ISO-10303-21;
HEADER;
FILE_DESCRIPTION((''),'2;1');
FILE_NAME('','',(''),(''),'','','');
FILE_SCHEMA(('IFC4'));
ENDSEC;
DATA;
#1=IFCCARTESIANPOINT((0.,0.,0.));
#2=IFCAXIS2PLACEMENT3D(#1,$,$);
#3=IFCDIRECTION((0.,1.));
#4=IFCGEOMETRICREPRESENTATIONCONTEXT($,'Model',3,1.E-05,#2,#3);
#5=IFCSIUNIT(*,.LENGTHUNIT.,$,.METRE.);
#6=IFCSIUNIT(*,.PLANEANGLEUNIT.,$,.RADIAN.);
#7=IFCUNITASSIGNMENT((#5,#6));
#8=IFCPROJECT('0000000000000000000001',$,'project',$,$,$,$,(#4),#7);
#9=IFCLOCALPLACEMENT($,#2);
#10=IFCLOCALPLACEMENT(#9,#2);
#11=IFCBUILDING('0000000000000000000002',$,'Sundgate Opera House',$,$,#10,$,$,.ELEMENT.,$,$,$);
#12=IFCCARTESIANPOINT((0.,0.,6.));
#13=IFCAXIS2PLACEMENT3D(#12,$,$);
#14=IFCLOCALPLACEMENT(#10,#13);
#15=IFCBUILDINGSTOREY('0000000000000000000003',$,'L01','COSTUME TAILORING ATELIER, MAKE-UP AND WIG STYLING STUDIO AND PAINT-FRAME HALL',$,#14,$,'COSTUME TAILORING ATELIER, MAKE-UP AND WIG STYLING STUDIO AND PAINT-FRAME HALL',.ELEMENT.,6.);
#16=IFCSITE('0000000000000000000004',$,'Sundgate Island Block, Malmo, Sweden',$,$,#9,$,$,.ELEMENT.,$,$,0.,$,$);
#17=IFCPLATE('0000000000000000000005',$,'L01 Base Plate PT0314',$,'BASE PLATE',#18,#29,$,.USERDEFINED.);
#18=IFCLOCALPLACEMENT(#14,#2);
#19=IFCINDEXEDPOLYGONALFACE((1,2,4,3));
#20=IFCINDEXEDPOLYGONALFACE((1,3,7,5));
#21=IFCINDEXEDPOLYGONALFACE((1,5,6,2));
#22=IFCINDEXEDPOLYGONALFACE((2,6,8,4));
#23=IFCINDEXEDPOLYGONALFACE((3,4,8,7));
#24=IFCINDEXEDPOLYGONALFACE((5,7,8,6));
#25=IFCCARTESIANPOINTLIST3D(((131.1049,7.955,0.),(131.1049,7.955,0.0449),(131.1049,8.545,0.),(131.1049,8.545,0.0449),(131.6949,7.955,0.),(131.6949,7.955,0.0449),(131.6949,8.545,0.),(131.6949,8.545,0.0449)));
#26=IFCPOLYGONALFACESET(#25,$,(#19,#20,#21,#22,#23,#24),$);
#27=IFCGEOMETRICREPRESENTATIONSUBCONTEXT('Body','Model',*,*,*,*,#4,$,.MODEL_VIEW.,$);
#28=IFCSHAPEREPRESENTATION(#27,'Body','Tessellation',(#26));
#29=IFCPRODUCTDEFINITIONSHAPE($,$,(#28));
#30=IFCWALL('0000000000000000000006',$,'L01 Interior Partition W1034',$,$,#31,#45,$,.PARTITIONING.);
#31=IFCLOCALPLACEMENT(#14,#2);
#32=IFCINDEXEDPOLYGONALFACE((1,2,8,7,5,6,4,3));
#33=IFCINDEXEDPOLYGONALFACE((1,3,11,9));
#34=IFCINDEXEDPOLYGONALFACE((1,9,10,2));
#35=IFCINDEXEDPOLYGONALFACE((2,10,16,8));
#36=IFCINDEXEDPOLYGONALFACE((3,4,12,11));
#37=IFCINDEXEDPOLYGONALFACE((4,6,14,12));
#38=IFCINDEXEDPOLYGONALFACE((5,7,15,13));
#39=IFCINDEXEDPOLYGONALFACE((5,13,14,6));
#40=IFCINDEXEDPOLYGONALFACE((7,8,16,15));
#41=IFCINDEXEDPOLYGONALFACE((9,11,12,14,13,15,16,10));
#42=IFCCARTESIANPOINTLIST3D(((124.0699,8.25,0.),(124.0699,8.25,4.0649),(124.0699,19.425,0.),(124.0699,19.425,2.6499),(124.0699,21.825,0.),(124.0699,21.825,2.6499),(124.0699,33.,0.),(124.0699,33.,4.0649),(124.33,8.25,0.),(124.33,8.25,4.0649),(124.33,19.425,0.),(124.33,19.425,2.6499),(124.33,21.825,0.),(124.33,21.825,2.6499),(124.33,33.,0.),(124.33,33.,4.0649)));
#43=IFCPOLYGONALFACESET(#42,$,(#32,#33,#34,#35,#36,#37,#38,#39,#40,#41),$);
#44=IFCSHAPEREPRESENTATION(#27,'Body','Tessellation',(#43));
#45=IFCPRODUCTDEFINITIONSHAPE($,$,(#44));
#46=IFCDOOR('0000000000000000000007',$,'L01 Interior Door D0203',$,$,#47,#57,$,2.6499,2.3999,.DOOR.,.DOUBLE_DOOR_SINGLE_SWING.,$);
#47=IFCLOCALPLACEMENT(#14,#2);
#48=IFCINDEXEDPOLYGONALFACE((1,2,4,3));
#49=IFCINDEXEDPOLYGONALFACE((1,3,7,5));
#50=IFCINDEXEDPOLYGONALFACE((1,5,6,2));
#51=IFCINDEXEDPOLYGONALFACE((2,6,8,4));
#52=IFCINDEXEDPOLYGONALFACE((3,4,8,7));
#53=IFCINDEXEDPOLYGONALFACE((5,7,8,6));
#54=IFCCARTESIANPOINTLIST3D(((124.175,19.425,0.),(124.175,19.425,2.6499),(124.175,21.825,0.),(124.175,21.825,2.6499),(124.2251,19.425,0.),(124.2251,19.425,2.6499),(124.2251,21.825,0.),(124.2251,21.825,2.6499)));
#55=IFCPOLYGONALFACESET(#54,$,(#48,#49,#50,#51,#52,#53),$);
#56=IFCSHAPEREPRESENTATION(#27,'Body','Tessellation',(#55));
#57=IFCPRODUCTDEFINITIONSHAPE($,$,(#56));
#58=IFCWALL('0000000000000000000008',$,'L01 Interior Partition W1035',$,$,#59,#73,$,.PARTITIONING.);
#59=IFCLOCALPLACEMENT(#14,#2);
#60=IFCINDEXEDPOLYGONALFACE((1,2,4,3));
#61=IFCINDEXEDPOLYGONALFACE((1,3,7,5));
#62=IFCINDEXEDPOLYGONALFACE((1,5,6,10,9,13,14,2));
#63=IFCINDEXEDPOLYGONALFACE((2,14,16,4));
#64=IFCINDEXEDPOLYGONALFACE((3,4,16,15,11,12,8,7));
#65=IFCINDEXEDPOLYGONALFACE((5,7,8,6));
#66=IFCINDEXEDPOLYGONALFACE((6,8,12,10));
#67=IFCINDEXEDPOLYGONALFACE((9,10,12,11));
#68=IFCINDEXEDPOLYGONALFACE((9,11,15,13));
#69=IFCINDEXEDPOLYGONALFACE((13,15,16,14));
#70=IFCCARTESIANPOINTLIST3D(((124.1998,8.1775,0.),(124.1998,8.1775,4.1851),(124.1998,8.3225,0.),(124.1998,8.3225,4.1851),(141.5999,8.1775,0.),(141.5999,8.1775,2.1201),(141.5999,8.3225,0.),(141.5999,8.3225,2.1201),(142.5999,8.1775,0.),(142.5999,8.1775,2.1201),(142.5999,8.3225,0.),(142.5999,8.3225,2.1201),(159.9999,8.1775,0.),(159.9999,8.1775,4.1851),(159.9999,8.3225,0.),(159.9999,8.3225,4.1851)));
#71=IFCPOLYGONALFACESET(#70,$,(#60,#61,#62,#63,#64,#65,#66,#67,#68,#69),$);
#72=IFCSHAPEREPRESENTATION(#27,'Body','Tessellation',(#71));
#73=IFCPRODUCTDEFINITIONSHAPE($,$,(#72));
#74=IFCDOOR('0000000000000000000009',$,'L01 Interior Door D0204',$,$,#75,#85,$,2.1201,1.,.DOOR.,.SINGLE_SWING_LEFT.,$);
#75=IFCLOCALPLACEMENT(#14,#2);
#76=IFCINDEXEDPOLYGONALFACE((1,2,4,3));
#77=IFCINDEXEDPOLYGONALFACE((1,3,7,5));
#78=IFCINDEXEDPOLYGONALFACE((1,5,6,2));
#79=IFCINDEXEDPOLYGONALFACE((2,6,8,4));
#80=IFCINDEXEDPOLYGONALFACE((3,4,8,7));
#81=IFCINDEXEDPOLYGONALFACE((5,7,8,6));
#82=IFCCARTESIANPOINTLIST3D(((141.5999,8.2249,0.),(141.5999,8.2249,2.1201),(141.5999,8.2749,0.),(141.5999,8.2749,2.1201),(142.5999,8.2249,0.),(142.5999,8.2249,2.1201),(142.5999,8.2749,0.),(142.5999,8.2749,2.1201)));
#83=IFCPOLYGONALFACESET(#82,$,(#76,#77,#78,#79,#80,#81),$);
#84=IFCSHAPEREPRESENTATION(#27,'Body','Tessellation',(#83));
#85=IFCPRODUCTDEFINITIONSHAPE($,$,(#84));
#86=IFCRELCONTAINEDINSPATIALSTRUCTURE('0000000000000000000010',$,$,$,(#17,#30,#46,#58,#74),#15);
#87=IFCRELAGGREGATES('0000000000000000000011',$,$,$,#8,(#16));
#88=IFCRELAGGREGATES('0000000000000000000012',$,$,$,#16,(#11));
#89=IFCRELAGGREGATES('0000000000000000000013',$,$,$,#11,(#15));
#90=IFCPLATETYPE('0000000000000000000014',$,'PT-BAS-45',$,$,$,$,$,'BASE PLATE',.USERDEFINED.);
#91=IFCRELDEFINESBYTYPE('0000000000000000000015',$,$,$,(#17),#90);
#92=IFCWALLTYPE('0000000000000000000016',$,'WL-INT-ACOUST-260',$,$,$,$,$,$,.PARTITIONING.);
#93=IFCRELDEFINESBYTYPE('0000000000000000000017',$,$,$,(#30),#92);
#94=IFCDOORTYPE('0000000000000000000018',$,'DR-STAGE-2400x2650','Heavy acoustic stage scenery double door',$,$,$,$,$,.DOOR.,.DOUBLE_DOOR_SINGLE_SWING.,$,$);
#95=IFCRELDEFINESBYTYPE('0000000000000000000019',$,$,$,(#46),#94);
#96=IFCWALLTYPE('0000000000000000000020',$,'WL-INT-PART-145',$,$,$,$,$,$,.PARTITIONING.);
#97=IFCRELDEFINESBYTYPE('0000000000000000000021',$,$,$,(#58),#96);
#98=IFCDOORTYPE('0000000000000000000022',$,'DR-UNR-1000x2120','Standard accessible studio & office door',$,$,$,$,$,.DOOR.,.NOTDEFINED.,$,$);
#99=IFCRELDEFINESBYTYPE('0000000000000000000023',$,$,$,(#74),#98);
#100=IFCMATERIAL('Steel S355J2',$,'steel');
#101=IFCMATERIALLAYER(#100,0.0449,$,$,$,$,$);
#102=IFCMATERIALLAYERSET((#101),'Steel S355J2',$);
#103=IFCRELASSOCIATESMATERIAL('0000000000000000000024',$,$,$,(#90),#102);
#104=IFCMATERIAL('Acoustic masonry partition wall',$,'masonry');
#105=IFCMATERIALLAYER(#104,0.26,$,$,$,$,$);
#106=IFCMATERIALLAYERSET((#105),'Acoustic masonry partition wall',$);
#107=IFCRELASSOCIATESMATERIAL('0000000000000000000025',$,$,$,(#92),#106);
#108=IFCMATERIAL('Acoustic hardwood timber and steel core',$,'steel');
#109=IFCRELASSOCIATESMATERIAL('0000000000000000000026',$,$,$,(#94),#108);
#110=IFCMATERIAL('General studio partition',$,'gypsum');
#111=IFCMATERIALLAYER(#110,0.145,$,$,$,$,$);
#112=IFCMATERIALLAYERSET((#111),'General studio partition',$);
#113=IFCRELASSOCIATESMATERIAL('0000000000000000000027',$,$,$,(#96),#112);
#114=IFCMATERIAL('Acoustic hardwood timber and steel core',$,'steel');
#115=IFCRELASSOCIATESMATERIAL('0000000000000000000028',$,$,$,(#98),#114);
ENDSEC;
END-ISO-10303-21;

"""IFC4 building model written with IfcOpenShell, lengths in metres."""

from ifc_helpers import new_model, si_unit, direction, frame, frame_2d, origin, origin_2d, place, context, subcontext, project, spatial, rectangle, extrude, material, layer, layer_set, type_object, element, fill, save


model = new_model("IFC4")

# Units and contexts
model_context = context("Model", 3, precision=1e-05, world=origin(), true_north=direction((0.0, 1.0)))
body_context = subcontext(model_context, "Body", "Model", "MODEL_VIEW")
ifc_project = project(units=[si_unit("LENGTHUNIT", "METRE"), si_unit("PLANEANGLEUNIT", "RADIAN")], contexts=[model_context])

# Site, building, storey
site_placement = place(None, origin())
site = spatial("IfcSite", under=ifc_project, at=site_placement, Name="Sundgate Island Block, Malmo, Sweden", CompositionType="ELEMENT", RefElevation=0.0)
building_placement = place(site_placement, origin())
building = spatial("IfcBuilding", under=site, at=building_placement, Name="Sundgate Opera House", CompositionType="ELEMENT")
storey_placement = place(building_placement, frame((0.0, 0.0, 6.0)))
storey = spatial("IfcBuildingStorey", under=building, at=storey_placement, Name="L01", Description="COSTUME TAILORING ATELIER, MAKE-UP AND WIG STYLING STUDIO AND PAINT-FRAME HALL", LongName="COSTUME TAILORING ATELIER, MAKE-UP AND WIG STYLING STUDIO AND PAINT-FRAME HALL", CompositionType="ELEMENT", Elevation=6.0)

# Plate
ifc_material_1 = material(Name="Steel S355J2", Category="steel")
ifc_layer_1 = layer(ifc_material_1, 0.0449)
ifc_layer_set_1 = layer_set([ifc_layer_1], Name="Steel S355J2")
plate_type_1 = type_object("IfcPlateType", Name="PT-BAS-45", ElementType="BASE PLATE", PredefinedType="USERDEFINED", material=ifc_layer_set_1)
plate_1_placement = place(storey_placement, frame((131.3999, 8.25, 0.0), z_axis=(0.0, 0.0, 1.0), x_axis=(1.0, 0.0, 0.0)))
element("IfcPlate", 1, at=plate_1_placement, inside=storey, type_object=plate_type_1, Name="L01 Base Plate PT0314", ObjectType="BASE PLATE", PredefinedType="USERDEFINED", context=body_context, shape_type="SweptSolid", body=[
    extrude(rectangle(XDim=0.5901, YDim=0.5901, at=origin_2d()), origin(), (0.0, 0.0, 1.0), 0.0449),
])

# Walls, openings, doors
ifc_material_2 = material(Name="Acoustic masonry partition wall", Category="masonry")
ifc_layer_2 = layer(ifc_material_2, 0.26)
ifc_layer_set_2 = layer_set([ifc_layer_2], Name="Acoustic masonry partition wall")
wall_type_1 = type_object("IfcWallType", Name="WL-INT-ACOUST-260", PredefinedType="PARTITIONING", material=ifc_layer_set_2)
wall_1_placement = place(storey_placement, frame((124.2, 8.25, 0.0), z_axis=(0.0, 0.0, 1.0), x_axis=(0.0, 1.0, 0.0)))
wall_1 = element("IfcWall", 2, at=wall_1_placement, inside=storey, type_object=wall_type_1, Name="L01 Interior Partition W1034", PredefinedType="PARTITIONING", context=body_context, shape_type="SweptSolid", body=[
    extrude(rectangle(XDim=24.75, YDim=0.26, at=frame_2d((12.375, 0.0))), origin(), (0.0, 0.0, 1.0), 4.0649),
])
opening_1_placement = place(wall_1_placement, frame((11.175, 0.0, 0.0)))
opening_1 = element("IfcOpeningElement", 3, at=opening_1_placement, cuts=wall_1, PredefinedType="OPENING", context=body_context, shape_type="SweptSolid", body=[
    extrude(rectangle(XDim=2.3999, YDim=2.6499, at=frame_2d((1.2, 1.325))), frame((0.0, 0.1399, 0.0), z_axis=(0.0, -1.0, 0.0), x_axis=(1.0, 0.0, 0.0)), (0.0, 0.0, 1.0), 0.28),
])
ifc_material_3 = material(Name="Acoustic hardwood timber and steel core", Category="steel")
door_type_1 = type_object("IfcDoorType", Name="DR-STAGE-2400x2650", Description="Heavy acoustic stage scenery double door", OperationType="DOUBLE_DOOR_SINGLE_SWING", PredefinedType="DOOR", material=ifc_material_3)
door_1_placement = place(opening_1_placement, origin())
door_1 = element("IfcDoor", 4, at=door_1_placement, inside=storey, type_object=door_type_1, Name="L01 Interior Door D0203", OperationType="DOUBLE_DOOR_SINGLE_SWING", OverallHeight=2.6499, OverallWidth=2.3999, PredefinedType="DOOR", context=body_context, shape_type="SweptSolid", body=[
    extrude(rectangle(XDim=2.3999, YDim=2.6499, at=frame_2d((1.2, 1.325))), frame((0.0, 0.0249, 0.0), z_axis=(0.0, -1.0, 0.0), x_axis=(1.0, 0.0, 0.0)), (0.0, 0.0, 1.0), 0.05),
])
fill(opening_1, door_1)
ifc_material_4 = material(Name="General studio partition", Category="gypsum")
ifc_layer_3 = layer(ifc_material_4, 0.145)
ifc_layer_set_3 = layer_set([ifc_layer_3], Name="General studio partition")
wall_type_2 = type_object("IfcWallType", Name="WL-INT-PART-145", PredefinedType="PARTITIONING", material=ifc_layer_set_3)
wall_2_placement = place(storey_placement, frame((124.2, 8.25, 0.0), z_axis=(0.0, 0.0, 1.0), x_axis=(1.0, 0.0, 0.0)))
wall_2 = element("IfcWall", 5, at=wall_2_placement, inside=storey, type_object=wall_type_2, Name="L01 Interior Partition W1035", PredefinedType="PARTITIONING", context=body_context, shape_type="SweptSolid", body=[
    extrude(rectangle(XDim=35.8, YDim=0.145, at=frame_2d((17.8999, 0.0))), origin(), (0.0, 0.0, 1.0), 4.1851),
])
opening_2_placement = place(wall_2_placement, frame((17.3999, 0.0, 0.0)))
opening_2 = element("IfcOpeningElement", 6, at=opening_2_placement, cuts=wall_2, PredefinedType="OPENING", context=body_context, shape_type="SweptSolid", body=[
    extrude(rectangle(XDim=1.0, YDim=2.1201, at=frame_2d((0.5, 1.0601))), frame((0.0, 0.0825, 0.0), z_axis=(0.0, -1.0, 0.0), x_axis=(1.0, 0.0, 0.0)), (0.0, 0.0, 1.0), 0.165),
])
ifc_material_5 = material(Name="Acoustic hardwood timber and steel core", Category="steel")
door_type_2 = type_object("IfcDoorType", Name="DR-UNR-1000x2120", Description="Standard accessible studio & office door", OperationType="NOTDEFINED", PredefinedType="DOOR", material=ifc_material_5)
door_2_placement = place(opening_2_placement, origin())
door_2 = element("IfcDoor", 7, at=door_2_placement, inside=storey, type_object=door_type_2, Name="L01 Interior Door D0204", OperationType="SINGLE_SWING_LEFT", OverallHeight=2.1201, OverallWidth=1.0, PredefinedType="DOOR", context=body_context, shape_type="SweptSolid", body=[
    extrude(rectangle(XDim=1.0, YDim=2.1201, at=frame_2d((0.5, 1.0601))), frame((0.0, 0.0249, 0.0), z_axis=(0.0, -1.0, 0.0), x_axis=(1.0, 0.0, 0.0)), (0.0, 0.0, 1.0), 0.05),
])
fill(opening_2, door_2)

save(model, "model.ifc")
